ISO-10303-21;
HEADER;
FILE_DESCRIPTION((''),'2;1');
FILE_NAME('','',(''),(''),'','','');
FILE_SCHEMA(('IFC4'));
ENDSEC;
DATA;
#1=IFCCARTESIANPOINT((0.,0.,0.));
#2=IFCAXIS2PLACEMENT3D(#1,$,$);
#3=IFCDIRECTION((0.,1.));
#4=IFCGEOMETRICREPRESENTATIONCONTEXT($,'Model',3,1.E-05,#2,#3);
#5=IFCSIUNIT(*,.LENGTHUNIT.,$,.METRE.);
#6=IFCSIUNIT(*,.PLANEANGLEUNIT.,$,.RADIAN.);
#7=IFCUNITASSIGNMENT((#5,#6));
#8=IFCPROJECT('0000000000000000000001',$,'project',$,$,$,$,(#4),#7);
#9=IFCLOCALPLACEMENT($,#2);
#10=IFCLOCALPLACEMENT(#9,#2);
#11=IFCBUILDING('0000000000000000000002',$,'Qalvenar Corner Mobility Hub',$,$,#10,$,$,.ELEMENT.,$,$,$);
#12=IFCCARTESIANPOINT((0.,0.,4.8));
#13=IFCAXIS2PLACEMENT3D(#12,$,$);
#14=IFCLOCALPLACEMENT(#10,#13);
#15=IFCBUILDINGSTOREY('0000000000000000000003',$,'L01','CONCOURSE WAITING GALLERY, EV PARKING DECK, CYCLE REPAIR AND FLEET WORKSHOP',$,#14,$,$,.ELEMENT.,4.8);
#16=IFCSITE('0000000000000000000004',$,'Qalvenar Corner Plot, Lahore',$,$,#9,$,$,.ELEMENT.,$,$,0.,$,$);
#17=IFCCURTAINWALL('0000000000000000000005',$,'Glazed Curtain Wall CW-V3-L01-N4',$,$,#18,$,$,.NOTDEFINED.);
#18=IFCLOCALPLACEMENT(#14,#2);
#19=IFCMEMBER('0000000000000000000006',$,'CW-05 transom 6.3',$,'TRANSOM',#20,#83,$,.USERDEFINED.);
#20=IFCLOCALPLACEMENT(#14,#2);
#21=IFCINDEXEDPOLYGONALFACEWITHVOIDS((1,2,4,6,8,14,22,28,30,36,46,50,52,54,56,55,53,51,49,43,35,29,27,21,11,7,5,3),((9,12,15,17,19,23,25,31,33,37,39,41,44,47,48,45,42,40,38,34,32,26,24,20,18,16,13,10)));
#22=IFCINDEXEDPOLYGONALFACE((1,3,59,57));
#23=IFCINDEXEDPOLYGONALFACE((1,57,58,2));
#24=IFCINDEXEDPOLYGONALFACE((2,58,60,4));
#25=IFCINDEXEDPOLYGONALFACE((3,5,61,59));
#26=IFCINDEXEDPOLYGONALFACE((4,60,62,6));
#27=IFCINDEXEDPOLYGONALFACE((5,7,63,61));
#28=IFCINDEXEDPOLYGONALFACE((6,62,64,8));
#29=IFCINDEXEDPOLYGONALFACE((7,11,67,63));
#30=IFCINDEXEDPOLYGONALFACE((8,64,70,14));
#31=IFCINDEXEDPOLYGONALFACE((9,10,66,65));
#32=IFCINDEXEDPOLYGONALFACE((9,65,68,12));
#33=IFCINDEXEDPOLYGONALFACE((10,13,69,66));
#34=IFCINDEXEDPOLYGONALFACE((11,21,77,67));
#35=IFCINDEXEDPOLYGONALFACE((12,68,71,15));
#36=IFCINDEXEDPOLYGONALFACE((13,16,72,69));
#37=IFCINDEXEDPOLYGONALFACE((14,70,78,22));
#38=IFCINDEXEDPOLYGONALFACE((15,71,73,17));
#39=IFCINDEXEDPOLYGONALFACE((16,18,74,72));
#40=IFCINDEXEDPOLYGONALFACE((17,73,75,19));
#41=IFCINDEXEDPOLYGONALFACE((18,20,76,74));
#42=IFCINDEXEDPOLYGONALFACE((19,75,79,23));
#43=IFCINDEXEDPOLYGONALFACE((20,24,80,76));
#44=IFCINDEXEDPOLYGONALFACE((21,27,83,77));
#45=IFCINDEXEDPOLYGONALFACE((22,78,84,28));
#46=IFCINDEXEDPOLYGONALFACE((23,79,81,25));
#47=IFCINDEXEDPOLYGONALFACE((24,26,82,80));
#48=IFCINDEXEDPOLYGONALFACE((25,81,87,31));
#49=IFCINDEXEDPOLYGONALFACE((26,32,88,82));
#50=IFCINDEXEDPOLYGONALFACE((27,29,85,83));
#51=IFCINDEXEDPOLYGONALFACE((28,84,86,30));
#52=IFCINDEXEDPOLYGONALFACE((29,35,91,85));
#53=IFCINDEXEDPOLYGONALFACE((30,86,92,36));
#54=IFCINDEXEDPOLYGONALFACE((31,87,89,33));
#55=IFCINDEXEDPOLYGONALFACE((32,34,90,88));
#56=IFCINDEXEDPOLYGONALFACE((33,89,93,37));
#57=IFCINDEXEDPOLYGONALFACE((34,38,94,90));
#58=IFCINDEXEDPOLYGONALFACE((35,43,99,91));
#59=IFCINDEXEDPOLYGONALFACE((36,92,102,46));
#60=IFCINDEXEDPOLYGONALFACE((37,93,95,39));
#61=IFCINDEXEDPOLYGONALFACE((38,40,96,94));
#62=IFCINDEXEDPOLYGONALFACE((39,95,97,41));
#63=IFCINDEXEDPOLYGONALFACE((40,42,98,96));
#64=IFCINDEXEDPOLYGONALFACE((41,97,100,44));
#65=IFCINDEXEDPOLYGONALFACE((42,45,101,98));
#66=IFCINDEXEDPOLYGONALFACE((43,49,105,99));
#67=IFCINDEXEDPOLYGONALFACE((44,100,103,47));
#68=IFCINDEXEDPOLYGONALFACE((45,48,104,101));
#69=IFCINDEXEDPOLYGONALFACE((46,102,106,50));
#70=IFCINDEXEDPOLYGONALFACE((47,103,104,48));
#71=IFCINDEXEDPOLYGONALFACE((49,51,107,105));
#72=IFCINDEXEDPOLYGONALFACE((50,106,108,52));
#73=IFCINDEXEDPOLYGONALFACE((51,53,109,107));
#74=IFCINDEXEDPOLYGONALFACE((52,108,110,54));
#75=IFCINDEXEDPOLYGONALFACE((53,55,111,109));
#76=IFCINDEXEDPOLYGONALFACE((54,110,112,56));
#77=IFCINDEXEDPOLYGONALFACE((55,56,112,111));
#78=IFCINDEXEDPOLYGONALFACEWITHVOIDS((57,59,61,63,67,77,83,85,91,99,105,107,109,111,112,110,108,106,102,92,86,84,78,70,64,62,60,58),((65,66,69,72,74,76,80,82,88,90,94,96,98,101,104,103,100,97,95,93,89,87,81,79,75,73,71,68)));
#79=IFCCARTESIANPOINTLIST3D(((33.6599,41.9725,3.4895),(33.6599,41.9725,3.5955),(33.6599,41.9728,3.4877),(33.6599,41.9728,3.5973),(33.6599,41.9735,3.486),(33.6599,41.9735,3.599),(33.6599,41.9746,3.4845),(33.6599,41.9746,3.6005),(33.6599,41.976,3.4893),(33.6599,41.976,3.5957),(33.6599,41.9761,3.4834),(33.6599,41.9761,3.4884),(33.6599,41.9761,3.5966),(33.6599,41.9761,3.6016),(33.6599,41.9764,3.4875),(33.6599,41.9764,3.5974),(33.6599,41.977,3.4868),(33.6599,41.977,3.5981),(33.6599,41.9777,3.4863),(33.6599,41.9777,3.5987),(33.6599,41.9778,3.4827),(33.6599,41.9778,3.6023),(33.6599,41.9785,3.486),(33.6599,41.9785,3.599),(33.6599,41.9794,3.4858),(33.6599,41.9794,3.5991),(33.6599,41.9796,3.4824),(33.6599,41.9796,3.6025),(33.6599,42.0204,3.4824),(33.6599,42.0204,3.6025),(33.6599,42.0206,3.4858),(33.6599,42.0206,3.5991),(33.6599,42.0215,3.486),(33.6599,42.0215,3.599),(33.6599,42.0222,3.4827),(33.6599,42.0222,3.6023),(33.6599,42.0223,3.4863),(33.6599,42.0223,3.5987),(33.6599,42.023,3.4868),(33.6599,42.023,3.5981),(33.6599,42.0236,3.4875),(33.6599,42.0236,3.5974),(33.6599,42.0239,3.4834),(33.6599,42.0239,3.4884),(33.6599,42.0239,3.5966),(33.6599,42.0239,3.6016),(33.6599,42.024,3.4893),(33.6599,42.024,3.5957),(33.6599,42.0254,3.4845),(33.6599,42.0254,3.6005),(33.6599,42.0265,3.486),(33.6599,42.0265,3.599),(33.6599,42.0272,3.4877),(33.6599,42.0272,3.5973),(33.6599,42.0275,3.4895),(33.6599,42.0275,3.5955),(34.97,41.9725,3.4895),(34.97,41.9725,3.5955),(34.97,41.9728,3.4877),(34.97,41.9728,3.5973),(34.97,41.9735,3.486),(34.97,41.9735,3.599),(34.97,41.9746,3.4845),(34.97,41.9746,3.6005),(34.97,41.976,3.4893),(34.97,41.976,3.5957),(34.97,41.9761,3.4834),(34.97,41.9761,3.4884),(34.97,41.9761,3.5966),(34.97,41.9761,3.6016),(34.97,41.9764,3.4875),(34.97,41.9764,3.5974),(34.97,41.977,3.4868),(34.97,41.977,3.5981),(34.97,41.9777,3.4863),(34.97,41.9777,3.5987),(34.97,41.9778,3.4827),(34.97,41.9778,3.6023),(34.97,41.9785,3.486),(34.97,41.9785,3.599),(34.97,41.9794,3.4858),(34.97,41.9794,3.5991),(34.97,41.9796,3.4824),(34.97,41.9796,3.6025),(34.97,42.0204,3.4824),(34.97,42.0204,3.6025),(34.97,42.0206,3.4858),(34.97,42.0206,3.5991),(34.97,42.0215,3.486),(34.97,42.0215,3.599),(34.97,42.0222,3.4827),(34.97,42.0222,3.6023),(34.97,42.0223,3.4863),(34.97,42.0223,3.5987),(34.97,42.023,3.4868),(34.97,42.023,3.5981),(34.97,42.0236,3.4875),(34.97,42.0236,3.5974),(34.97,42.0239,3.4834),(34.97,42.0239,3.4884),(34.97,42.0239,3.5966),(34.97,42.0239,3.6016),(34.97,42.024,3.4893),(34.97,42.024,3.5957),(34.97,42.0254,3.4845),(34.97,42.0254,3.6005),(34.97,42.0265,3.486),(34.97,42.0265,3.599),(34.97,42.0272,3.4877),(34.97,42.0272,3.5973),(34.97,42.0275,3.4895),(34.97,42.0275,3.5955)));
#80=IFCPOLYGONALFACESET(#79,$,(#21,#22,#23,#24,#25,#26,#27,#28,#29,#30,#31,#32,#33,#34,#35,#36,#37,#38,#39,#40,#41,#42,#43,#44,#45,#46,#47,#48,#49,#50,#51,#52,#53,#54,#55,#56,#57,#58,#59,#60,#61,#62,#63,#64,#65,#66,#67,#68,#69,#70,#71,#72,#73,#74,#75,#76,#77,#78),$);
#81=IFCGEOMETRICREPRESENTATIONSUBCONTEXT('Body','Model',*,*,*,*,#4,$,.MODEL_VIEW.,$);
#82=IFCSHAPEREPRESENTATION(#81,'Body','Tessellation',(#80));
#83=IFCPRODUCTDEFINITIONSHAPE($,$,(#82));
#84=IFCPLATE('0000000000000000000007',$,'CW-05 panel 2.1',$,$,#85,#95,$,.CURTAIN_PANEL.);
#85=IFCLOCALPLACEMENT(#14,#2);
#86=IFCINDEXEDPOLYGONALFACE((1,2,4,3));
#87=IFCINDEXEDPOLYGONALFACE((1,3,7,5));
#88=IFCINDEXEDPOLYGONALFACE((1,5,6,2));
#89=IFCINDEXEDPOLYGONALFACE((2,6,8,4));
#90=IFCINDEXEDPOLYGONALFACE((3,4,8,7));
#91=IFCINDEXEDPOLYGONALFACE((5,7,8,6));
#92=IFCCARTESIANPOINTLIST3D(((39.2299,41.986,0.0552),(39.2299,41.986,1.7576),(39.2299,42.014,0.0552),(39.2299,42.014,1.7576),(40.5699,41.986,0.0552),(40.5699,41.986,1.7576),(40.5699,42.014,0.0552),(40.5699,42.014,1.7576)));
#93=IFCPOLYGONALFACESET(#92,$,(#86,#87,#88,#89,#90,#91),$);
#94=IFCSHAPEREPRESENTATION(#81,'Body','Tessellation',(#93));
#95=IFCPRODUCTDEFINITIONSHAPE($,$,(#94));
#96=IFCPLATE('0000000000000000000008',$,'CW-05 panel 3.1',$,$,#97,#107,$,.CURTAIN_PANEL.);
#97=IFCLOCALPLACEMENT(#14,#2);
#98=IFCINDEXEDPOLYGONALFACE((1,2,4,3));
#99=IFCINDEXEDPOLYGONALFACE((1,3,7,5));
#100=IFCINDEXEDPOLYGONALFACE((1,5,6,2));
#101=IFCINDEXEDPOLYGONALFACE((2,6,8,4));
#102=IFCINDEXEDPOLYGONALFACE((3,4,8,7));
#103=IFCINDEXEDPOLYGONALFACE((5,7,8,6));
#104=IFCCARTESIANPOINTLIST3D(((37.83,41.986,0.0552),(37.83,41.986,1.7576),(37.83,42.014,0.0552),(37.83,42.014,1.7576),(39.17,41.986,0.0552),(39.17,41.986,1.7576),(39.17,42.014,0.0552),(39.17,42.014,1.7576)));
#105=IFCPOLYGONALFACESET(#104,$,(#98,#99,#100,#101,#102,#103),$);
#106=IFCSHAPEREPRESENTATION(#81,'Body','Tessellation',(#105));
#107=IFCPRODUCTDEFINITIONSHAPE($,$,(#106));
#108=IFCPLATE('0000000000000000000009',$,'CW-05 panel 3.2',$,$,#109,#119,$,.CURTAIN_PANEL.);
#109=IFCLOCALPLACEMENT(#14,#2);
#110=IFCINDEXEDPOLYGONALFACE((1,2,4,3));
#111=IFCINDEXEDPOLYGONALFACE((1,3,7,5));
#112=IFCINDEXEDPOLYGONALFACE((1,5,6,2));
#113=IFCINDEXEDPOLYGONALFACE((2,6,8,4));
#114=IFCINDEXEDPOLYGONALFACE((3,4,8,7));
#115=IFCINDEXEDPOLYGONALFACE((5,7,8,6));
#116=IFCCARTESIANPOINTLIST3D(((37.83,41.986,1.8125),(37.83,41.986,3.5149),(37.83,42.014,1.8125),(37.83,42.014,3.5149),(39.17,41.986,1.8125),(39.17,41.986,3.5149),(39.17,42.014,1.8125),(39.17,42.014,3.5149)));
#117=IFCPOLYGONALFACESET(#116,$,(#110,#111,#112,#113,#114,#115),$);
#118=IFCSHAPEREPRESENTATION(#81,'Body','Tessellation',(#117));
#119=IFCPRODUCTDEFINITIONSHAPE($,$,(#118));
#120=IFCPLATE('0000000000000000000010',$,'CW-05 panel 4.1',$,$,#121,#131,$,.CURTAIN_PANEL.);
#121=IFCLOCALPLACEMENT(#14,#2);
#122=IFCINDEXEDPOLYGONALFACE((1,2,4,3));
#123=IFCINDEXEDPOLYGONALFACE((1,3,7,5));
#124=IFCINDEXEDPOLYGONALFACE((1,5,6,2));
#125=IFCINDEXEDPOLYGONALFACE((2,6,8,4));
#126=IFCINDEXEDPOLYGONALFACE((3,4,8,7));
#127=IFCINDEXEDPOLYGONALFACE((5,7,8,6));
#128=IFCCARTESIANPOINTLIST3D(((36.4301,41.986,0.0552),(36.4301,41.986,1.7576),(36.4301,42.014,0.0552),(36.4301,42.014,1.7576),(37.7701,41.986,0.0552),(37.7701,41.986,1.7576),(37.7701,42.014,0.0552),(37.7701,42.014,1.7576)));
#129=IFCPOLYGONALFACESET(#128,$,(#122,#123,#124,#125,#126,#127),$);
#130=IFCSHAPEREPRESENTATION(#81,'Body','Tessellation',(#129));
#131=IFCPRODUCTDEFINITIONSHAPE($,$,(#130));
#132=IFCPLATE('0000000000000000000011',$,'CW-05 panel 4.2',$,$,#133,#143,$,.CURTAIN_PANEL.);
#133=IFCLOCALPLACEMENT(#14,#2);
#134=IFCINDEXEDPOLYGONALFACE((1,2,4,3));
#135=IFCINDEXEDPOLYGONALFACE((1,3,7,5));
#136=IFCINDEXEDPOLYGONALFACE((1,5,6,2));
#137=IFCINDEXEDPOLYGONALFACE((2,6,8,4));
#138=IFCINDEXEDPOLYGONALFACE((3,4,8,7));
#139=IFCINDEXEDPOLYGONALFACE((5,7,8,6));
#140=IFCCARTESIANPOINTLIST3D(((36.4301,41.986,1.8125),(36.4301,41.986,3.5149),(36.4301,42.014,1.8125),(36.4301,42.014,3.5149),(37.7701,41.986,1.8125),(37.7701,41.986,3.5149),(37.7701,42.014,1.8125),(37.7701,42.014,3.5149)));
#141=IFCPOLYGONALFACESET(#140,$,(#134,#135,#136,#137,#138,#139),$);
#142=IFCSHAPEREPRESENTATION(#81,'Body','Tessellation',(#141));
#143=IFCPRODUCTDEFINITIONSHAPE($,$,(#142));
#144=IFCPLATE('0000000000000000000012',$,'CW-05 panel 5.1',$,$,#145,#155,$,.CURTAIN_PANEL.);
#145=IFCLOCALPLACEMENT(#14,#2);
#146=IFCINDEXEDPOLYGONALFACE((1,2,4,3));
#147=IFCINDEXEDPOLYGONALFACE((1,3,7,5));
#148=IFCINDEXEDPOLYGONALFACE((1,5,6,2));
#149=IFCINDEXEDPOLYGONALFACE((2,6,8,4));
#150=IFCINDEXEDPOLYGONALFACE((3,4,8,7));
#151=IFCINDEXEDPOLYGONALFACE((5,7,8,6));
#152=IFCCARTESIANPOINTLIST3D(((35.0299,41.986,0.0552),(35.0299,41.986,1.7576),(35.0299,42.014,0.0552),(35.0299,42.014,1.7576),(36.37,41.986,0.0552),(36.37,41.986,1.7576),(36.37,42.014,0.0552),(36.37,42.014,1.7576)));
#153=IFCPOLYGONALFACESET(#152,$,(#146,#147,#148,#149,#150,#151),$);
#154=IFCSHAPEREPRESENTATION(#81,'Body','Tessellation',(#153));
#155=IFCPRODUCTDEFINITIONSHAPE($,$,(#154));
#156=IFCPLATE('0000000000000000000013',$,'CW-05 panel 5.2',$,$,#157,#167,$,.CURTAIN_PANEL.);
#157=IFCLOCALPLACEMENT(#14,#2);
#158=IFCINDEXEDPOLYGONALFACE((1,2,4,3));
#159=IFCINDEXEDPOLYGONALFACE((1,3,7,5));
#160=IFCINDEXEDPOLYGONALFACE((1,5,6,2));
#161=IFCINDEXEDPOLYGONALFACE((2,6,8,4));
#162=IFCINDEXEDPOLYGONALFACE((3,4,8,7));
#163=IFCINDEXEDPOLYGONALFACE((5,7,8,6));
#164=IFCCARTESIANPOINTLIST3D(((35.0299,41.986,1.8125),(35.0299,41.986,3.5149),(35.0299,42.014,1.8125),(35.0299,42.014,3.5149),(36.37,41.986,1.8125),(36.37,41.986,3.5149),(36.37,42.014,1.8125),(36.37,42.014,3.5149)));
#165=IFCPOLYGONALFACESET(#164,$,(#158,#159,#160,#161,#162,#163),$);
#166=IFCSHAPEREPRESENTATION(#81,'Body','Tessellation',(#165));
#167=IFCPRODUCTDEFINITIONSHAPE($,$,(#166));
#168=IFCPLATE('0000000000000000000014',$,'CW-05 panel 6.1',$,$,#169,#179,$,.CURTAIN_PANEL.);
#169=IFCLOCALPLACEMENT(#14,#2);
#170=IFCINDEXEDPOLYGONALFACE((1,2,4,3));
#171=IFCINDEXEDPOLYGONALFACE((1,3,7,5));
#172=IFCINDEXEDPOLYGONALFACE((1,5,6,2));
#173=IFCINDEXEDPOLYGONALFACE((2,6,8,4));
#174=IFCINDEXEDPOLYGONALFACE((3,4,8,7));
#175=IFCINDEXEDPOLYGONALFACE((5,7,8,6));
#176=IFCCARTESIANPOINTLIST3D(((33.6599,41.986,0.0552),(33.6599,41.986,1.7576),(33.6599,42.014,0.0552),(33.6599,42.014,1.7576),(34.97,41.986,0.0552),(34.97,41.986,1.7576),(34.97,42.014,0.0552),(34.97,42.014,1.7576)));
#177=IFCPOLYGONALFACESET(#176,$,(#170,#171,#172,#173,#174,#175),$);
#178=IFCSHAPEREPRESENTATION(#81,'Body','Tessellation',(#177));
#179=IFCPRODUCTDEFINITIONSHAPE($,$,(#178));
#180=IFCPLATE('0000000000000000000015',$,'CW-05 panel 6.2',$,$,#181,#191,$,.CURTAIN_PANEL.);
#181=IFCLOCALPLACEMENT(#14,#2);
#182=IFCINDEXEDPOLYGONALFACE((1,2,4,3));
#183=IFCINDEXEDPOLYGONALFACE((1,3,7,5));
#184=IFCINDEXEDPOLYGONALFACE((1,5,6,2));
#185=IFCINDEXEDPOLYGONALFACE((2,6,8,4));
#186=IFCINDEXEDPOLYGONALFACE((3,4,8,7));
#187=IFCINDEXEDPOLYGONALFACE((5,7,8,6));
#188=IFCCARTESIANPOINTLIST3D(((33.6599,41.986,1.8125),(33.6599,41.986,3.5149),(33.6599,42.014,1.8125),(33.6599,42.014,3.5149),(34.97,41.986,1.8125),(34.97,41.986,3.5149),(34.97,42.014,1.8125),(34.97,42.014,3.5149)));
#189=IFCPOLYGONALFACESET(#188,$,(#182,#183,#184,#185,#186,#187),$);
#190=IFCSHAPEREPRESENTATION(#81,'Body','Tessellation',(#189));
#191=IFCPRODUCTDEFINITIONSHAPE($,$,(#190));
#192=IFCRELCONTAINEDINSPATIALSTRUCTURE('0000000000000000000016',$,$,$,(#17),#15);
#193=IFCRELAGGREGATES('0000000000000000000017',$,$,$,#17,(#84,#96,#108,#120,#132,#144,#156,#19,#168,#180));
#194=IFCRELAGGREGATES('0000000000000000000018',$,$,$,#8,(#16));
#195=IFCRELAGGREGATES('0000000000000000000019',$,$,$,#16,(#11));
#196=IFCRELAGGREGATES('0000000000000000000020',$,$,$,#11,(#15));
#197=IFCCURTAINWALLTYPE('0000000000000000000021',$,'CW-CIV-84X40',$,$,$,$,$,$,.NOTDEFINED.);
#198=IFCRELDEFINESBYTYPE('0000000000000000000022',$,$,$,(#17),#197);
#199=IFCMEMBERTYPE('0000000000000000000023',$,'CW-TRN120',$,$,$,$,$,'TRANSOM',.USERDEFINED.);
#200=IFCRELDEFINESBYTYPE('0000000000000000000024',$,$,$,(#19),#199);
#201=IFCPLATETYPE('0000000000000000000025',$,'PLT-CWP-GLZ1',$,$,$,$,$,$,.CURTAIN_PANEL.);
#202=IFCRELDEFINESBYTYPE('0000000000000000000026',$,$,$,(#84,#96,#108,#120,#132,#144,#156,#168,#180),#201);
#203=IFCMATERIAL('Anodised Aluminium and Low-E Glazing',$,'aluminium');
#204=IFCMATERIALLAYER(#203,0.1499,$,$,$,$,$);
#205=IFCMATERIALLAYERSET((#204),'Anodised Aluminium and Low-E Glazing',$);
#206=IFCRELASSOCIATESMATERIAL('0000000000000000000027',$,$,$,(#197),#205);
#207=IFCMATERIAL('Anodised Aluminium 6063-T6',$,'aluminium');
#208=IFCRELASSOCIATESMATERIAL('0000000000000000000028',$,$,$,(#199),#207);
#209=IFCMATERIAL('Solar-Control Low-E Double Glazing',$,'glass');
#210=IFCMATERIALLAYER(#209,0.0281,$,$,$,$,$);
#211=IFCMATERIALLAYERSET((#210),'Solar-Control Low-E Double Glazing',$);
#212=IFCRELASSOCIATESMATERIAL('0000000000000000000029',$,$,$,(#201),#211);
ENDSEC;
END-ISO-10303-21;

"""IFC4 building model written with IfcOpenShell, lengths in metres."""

from ifc_helpers import new_model, si_unit, direction, frame, origin, origin_2d, place, context, subcontext, project, spatial, rectangle, hollow_rectangle, extrude, material, layer, layer_set, material_profile, profile_set, type_object, element, aggregate, save


model = new_model("IFC4")

# Units and contexts
model_context = context("Model", 3, precision=1e-05, world=origin(), true_north=direction((0.0, 1.0)))
body_context = subcontext(model_context, "Body", "Model", "MODEL_VIEW")
ifc_project = project(units=[si_unit("LENGTHUNIT", "METRE"), si_unit("PLANEANGLEUNIT", "RADIAN")], contexts=[model_context])

# Site, building, storey
site_placement = place(None, origin())
site = spatial("IfcSite", under=ifc_project, at=site_placement, Name="Qalvenar Corner Plot, Lahore", CompositionType="ELEMENT", RefElevation=0.0)
building_placement = place(site_placement, origin())
building = spatial("IfcBuilding", under=site, at=building_placement, Name="Qalvenar Corner Mobility Hub", CompositionType="ELEMENT")
storey_placement = place(building_placement, frame((0.0, 0.0, 4.8)))
storey = spatial("IfcBuildingStorey", under=building, at=storey_placement, Name="L01", Description="CONCOURSE WAITING GALLERY, EV PARKING DECK, CYCLE REPAIR AND FLEET WORKSHOP", CompositionType="ELEMENT", Elevation=4.8)

# Curtain wall, member, plates
ifc_material_1 = material(Name="Anodised Aluminium and Low-E Glazing", Category="aluminium")
ifc_layer_1 = layer(ifc_material_1, 0.1499)
ifc_layer_set_1 = layer_set([ifc_layer_1], Name="Anodised Aluminium and Low-E Glazing")
curtain_wall_type = type_object("IfcCurtainWallType", Name="CW-CIV-84X40", PredefinedType="NOTDEFINED", material=ifc_layer_set_1)
curtain_wall_placement = place(storey_placement, origin())
curtain_wall = element("IfcCurtainWall", 1, at=curtain_wall_placement, inside=storey, type_object=curtain_wall_type, Name="Glazed Curtain Wall CW-V3-L01-N4", PredefinedType="NOTDEFINED")
ifc_material_2 = material(Name="Anodised Aluminium 6063-T6", Category="aluminium")
ifc_material_profile_1 = material_profile(ifc_material_2, hollow_rectangle(XDim=0.0549, YDim=0.1201, WallThickness=0.0034, InnerFilletRadius=0.0034, OuterFilletRadius=0.0071, at=origin_2d()), Name="RHS120x55x3.5")
ifc_profile_set_1 = profile_set([ifc_material_profile_1], Name="Anodised Aluminium 6063-T6")
member_type_1 = type_object("IfcMemberType", Name="CW-TRN120", ElementType="TRANSOM", PredefinedType="USERDEFINED", material=ifc_profile_set_1)
member_1_placement = place(storey_placement, frame((34.97, 42.0, 3.5425), z_axis=(-1.0, 0.0, 0.0), x_axis=(0.0, -1.0, 0.0)))
member_1 = element("IfcMember", 2, at=member_1_placement, type_object=member_type_1, Name="CW-05 transom 6.3", ObjectType="TRANSOM", PredefinedType="USERDEFINED", context=body_context, shape_type="SweptSolid", body=[
    extrude(hollow_rectangle(XDim=0.0549, YDim=0.1201, WallThickness=0.0034, InnerFilletRadius=0.0034, OuterFilletRadius=0.0071, at=origin_2d()), origin(), (0.0, 0.0, 1.0), 1.3101),
])
ifc_material_3 = material(Name="Solar-Control Low-E Double Glazing", Category="glass")
ifc_layer_2 = layer(ifc_material_3, 0.0281)
ifc_layer_set_2 = layer_set([ifc_layer_2], Name="Solar-Control Low-E Double Glazing")
plate_type = type_object("IfcPlateType", Name="PLT-CWP-GLZ1", PredefinedType="CURTAIN_PANEL", material=ifc_layer_set_2)
plate_1_placement = place(storey_placement, frame((39.8999, 42.0, 0.0552), z_axis=(0.0, 0.0, 1.0), x_axis=(-1.0, 0.0, 0.0)))
plate_1 = element("IfcPlate", 3, at=plate_1_placement, type_object=plate_type, Name="CW-05 panel 2.1", PredefinedType="CURTAIN_PANEL", context=body_context, shape_type="SweptSolid", body=[
    extrude(rectangle(XDim=1.3401, YDim=0.0281, at=origin_2d()), origin(), (0.0, 0.0, 1.0), 1.7024),
])
plate_2_placement = place(storey_placement, frame((38.5, 42.0, 0.0552), z_axis=(0.0, 0.0, 1.0), x_axis=(-1.0, 0.0, 0.0)))
plate_2 = element("IfcPlate", 4, at=plate_2_placement, type_object=plate_type, Name="CW-05 panel 3.1", PredefinedType="CURTAIN_PANEL", context=body_context, shape_type="SweptSolid", body=[
    extrude(rectangle(XDim=1.3401, YDim=0.0281, at=origin_2d()), origin(), (0.0, 0.0, 1.0), 1.7024),
])
plate_3_placement = place(storey_placement, frame((38.5, 42.0, 1.8125), z_axis=(0.0, 0.0, 1.0), x_axis=(-1.0, 0.0, 0.0)))
plate_3 = element("IfcPlate", 5, at=plate_3_placement, type_object=plate_type, Name="CW-05 panel 3.2", PredefinedType="CURTAIN_PANEL", context=body_context, shape_type="SweptSolid", body=[
    extrude(rectangle(XDim=1.3401, YDim=0.0281, at=origin_2d()), origin(), (0.0, 0.0, 1.0), 1.7024),
])
plate_4_placement = place(storey_placement, frame((37.1001, 42.0, 0.0552), z_axis=(0.0, 0.0, 1.0), x_axis=(-1.0, 0.0, 0.0)))
plate_4 = element("IfcPlate", 6, at=plate_4_placement, type_object=plate_type, Name="CW-05 panel 4.1", PredefinedType="CURTAIN_PANEL", context=body_context, shape_type="SweptSolid", body=[
    extrude(rectangle(XDim=1.3401, YDim=0.0281, at=origin_2d()), origin(), (0.0, 0.0, 1.0), 1.7024),
])
plate_5_placement = place(storey_placement, frame((37.1001, 42.0, 1.8125), z_axis=(0.0, 0.0, 1.0), x_axis=(-1.0, 0.0, 0.0)))
plate_5 = element("IfcPlate", 7, at=plate_5_placement, type_object=plate_type, Name="CW-05 panel 4.2", PredefinedType="CURTAIN_PANEL", context=body_context, shape_type="SweptSolid", body=[
    extrude(rectangle(XDim=1.3401, YDim=0.0281, at=origin_2d()), origin(), (0.0, 0.0, 1.0), 1.7024),
])
plate_6_placement = place(storey_placement, frame((35.7, 42.0, 0.0552), z_axis=(0.0, 0.0, 1.0), x_axis=(-1.0, 0.0, 0.0)))
plate_6 = element("IfcPlate", 8, at=plate_6_placement, type_object=plate_type, Name="CW-05 panel 5.1", PredefinedType="CURTAIN_PANEL", context=body_context, shape_type="SweptSolid", body=[
    extrude(rectangle(XDim=1.3401, YDim=0.0281, at=origin_2d()), origin(), (0.0, 0.0, 1.0), 1.7024),
])
plate_7_placement = place(storey_placement, frame((35.7, 42.0, 1.8125), z_axis=(0.0, 0.0, 1.0), x_axis=(-1.0, 0.0, 0.0)))
plate_7 = element("IfcPlate", 9, at=plate_7_placement, type_object=plate_type, Name="CW-05 panel 5.2", PredefinedType="CURTAIN_PANEL", context=body_context, shape_type="SweptSolid", body=[
    extrude(rectangle(XDim=1.3401, YDim=0.0281, at=origin_2d()), origin(), (0.0, 0.0, 1.0), 1.7024),
])
plate_8_placement = place(storey_placement, frame((34.3149, 42.0, 0.0552), z_axis=(0.0, 0.0, 1.0), x_axis=(-1.0, 0.0, 0.0)))
plate_8 = element("IfcPlate", 10, at=plate_8_placement, type_object=plate_type, Name="CW-05 panel 6.1", PredefinedType="CURTAIN_PANEL", context=body_context, shape_type="SweptSolid", body=[
    extrude(rectangle(XDim=1.3101, YDim=0.0281, at=origin_2d()), origin(), (0.0, 0.0, 1.0), 1.7024),
])
plate_9_placement = place(storey_placement, frame((34.3149, 42.0, 1.8125), z_axis=(0.0, 0.0, 1.0), x_axis=(-1.0, 0.0, 0.0)))
plate_9 = element("IfcPlate", 11, at=plate_9_placement, type_object=plate_type, Name="CW-05 panel 6.2", PredefinedType="CURTAIN_PANEL", context=body_context, shape_type="SweptSolid", body=[
    extrude(rectangle(XDim=1.3101, YDim=0.0281, at=origin_2d()), origin(), (0.0, 0.0, 1.0), 1.7024),
])
aggregate(curtain_wall, [plate_1, plate_2, plate_3, plate_4, plate_5, plate_6, plate_7, member_1, plate_8, plate_9])

save(model, "model.ifc")
